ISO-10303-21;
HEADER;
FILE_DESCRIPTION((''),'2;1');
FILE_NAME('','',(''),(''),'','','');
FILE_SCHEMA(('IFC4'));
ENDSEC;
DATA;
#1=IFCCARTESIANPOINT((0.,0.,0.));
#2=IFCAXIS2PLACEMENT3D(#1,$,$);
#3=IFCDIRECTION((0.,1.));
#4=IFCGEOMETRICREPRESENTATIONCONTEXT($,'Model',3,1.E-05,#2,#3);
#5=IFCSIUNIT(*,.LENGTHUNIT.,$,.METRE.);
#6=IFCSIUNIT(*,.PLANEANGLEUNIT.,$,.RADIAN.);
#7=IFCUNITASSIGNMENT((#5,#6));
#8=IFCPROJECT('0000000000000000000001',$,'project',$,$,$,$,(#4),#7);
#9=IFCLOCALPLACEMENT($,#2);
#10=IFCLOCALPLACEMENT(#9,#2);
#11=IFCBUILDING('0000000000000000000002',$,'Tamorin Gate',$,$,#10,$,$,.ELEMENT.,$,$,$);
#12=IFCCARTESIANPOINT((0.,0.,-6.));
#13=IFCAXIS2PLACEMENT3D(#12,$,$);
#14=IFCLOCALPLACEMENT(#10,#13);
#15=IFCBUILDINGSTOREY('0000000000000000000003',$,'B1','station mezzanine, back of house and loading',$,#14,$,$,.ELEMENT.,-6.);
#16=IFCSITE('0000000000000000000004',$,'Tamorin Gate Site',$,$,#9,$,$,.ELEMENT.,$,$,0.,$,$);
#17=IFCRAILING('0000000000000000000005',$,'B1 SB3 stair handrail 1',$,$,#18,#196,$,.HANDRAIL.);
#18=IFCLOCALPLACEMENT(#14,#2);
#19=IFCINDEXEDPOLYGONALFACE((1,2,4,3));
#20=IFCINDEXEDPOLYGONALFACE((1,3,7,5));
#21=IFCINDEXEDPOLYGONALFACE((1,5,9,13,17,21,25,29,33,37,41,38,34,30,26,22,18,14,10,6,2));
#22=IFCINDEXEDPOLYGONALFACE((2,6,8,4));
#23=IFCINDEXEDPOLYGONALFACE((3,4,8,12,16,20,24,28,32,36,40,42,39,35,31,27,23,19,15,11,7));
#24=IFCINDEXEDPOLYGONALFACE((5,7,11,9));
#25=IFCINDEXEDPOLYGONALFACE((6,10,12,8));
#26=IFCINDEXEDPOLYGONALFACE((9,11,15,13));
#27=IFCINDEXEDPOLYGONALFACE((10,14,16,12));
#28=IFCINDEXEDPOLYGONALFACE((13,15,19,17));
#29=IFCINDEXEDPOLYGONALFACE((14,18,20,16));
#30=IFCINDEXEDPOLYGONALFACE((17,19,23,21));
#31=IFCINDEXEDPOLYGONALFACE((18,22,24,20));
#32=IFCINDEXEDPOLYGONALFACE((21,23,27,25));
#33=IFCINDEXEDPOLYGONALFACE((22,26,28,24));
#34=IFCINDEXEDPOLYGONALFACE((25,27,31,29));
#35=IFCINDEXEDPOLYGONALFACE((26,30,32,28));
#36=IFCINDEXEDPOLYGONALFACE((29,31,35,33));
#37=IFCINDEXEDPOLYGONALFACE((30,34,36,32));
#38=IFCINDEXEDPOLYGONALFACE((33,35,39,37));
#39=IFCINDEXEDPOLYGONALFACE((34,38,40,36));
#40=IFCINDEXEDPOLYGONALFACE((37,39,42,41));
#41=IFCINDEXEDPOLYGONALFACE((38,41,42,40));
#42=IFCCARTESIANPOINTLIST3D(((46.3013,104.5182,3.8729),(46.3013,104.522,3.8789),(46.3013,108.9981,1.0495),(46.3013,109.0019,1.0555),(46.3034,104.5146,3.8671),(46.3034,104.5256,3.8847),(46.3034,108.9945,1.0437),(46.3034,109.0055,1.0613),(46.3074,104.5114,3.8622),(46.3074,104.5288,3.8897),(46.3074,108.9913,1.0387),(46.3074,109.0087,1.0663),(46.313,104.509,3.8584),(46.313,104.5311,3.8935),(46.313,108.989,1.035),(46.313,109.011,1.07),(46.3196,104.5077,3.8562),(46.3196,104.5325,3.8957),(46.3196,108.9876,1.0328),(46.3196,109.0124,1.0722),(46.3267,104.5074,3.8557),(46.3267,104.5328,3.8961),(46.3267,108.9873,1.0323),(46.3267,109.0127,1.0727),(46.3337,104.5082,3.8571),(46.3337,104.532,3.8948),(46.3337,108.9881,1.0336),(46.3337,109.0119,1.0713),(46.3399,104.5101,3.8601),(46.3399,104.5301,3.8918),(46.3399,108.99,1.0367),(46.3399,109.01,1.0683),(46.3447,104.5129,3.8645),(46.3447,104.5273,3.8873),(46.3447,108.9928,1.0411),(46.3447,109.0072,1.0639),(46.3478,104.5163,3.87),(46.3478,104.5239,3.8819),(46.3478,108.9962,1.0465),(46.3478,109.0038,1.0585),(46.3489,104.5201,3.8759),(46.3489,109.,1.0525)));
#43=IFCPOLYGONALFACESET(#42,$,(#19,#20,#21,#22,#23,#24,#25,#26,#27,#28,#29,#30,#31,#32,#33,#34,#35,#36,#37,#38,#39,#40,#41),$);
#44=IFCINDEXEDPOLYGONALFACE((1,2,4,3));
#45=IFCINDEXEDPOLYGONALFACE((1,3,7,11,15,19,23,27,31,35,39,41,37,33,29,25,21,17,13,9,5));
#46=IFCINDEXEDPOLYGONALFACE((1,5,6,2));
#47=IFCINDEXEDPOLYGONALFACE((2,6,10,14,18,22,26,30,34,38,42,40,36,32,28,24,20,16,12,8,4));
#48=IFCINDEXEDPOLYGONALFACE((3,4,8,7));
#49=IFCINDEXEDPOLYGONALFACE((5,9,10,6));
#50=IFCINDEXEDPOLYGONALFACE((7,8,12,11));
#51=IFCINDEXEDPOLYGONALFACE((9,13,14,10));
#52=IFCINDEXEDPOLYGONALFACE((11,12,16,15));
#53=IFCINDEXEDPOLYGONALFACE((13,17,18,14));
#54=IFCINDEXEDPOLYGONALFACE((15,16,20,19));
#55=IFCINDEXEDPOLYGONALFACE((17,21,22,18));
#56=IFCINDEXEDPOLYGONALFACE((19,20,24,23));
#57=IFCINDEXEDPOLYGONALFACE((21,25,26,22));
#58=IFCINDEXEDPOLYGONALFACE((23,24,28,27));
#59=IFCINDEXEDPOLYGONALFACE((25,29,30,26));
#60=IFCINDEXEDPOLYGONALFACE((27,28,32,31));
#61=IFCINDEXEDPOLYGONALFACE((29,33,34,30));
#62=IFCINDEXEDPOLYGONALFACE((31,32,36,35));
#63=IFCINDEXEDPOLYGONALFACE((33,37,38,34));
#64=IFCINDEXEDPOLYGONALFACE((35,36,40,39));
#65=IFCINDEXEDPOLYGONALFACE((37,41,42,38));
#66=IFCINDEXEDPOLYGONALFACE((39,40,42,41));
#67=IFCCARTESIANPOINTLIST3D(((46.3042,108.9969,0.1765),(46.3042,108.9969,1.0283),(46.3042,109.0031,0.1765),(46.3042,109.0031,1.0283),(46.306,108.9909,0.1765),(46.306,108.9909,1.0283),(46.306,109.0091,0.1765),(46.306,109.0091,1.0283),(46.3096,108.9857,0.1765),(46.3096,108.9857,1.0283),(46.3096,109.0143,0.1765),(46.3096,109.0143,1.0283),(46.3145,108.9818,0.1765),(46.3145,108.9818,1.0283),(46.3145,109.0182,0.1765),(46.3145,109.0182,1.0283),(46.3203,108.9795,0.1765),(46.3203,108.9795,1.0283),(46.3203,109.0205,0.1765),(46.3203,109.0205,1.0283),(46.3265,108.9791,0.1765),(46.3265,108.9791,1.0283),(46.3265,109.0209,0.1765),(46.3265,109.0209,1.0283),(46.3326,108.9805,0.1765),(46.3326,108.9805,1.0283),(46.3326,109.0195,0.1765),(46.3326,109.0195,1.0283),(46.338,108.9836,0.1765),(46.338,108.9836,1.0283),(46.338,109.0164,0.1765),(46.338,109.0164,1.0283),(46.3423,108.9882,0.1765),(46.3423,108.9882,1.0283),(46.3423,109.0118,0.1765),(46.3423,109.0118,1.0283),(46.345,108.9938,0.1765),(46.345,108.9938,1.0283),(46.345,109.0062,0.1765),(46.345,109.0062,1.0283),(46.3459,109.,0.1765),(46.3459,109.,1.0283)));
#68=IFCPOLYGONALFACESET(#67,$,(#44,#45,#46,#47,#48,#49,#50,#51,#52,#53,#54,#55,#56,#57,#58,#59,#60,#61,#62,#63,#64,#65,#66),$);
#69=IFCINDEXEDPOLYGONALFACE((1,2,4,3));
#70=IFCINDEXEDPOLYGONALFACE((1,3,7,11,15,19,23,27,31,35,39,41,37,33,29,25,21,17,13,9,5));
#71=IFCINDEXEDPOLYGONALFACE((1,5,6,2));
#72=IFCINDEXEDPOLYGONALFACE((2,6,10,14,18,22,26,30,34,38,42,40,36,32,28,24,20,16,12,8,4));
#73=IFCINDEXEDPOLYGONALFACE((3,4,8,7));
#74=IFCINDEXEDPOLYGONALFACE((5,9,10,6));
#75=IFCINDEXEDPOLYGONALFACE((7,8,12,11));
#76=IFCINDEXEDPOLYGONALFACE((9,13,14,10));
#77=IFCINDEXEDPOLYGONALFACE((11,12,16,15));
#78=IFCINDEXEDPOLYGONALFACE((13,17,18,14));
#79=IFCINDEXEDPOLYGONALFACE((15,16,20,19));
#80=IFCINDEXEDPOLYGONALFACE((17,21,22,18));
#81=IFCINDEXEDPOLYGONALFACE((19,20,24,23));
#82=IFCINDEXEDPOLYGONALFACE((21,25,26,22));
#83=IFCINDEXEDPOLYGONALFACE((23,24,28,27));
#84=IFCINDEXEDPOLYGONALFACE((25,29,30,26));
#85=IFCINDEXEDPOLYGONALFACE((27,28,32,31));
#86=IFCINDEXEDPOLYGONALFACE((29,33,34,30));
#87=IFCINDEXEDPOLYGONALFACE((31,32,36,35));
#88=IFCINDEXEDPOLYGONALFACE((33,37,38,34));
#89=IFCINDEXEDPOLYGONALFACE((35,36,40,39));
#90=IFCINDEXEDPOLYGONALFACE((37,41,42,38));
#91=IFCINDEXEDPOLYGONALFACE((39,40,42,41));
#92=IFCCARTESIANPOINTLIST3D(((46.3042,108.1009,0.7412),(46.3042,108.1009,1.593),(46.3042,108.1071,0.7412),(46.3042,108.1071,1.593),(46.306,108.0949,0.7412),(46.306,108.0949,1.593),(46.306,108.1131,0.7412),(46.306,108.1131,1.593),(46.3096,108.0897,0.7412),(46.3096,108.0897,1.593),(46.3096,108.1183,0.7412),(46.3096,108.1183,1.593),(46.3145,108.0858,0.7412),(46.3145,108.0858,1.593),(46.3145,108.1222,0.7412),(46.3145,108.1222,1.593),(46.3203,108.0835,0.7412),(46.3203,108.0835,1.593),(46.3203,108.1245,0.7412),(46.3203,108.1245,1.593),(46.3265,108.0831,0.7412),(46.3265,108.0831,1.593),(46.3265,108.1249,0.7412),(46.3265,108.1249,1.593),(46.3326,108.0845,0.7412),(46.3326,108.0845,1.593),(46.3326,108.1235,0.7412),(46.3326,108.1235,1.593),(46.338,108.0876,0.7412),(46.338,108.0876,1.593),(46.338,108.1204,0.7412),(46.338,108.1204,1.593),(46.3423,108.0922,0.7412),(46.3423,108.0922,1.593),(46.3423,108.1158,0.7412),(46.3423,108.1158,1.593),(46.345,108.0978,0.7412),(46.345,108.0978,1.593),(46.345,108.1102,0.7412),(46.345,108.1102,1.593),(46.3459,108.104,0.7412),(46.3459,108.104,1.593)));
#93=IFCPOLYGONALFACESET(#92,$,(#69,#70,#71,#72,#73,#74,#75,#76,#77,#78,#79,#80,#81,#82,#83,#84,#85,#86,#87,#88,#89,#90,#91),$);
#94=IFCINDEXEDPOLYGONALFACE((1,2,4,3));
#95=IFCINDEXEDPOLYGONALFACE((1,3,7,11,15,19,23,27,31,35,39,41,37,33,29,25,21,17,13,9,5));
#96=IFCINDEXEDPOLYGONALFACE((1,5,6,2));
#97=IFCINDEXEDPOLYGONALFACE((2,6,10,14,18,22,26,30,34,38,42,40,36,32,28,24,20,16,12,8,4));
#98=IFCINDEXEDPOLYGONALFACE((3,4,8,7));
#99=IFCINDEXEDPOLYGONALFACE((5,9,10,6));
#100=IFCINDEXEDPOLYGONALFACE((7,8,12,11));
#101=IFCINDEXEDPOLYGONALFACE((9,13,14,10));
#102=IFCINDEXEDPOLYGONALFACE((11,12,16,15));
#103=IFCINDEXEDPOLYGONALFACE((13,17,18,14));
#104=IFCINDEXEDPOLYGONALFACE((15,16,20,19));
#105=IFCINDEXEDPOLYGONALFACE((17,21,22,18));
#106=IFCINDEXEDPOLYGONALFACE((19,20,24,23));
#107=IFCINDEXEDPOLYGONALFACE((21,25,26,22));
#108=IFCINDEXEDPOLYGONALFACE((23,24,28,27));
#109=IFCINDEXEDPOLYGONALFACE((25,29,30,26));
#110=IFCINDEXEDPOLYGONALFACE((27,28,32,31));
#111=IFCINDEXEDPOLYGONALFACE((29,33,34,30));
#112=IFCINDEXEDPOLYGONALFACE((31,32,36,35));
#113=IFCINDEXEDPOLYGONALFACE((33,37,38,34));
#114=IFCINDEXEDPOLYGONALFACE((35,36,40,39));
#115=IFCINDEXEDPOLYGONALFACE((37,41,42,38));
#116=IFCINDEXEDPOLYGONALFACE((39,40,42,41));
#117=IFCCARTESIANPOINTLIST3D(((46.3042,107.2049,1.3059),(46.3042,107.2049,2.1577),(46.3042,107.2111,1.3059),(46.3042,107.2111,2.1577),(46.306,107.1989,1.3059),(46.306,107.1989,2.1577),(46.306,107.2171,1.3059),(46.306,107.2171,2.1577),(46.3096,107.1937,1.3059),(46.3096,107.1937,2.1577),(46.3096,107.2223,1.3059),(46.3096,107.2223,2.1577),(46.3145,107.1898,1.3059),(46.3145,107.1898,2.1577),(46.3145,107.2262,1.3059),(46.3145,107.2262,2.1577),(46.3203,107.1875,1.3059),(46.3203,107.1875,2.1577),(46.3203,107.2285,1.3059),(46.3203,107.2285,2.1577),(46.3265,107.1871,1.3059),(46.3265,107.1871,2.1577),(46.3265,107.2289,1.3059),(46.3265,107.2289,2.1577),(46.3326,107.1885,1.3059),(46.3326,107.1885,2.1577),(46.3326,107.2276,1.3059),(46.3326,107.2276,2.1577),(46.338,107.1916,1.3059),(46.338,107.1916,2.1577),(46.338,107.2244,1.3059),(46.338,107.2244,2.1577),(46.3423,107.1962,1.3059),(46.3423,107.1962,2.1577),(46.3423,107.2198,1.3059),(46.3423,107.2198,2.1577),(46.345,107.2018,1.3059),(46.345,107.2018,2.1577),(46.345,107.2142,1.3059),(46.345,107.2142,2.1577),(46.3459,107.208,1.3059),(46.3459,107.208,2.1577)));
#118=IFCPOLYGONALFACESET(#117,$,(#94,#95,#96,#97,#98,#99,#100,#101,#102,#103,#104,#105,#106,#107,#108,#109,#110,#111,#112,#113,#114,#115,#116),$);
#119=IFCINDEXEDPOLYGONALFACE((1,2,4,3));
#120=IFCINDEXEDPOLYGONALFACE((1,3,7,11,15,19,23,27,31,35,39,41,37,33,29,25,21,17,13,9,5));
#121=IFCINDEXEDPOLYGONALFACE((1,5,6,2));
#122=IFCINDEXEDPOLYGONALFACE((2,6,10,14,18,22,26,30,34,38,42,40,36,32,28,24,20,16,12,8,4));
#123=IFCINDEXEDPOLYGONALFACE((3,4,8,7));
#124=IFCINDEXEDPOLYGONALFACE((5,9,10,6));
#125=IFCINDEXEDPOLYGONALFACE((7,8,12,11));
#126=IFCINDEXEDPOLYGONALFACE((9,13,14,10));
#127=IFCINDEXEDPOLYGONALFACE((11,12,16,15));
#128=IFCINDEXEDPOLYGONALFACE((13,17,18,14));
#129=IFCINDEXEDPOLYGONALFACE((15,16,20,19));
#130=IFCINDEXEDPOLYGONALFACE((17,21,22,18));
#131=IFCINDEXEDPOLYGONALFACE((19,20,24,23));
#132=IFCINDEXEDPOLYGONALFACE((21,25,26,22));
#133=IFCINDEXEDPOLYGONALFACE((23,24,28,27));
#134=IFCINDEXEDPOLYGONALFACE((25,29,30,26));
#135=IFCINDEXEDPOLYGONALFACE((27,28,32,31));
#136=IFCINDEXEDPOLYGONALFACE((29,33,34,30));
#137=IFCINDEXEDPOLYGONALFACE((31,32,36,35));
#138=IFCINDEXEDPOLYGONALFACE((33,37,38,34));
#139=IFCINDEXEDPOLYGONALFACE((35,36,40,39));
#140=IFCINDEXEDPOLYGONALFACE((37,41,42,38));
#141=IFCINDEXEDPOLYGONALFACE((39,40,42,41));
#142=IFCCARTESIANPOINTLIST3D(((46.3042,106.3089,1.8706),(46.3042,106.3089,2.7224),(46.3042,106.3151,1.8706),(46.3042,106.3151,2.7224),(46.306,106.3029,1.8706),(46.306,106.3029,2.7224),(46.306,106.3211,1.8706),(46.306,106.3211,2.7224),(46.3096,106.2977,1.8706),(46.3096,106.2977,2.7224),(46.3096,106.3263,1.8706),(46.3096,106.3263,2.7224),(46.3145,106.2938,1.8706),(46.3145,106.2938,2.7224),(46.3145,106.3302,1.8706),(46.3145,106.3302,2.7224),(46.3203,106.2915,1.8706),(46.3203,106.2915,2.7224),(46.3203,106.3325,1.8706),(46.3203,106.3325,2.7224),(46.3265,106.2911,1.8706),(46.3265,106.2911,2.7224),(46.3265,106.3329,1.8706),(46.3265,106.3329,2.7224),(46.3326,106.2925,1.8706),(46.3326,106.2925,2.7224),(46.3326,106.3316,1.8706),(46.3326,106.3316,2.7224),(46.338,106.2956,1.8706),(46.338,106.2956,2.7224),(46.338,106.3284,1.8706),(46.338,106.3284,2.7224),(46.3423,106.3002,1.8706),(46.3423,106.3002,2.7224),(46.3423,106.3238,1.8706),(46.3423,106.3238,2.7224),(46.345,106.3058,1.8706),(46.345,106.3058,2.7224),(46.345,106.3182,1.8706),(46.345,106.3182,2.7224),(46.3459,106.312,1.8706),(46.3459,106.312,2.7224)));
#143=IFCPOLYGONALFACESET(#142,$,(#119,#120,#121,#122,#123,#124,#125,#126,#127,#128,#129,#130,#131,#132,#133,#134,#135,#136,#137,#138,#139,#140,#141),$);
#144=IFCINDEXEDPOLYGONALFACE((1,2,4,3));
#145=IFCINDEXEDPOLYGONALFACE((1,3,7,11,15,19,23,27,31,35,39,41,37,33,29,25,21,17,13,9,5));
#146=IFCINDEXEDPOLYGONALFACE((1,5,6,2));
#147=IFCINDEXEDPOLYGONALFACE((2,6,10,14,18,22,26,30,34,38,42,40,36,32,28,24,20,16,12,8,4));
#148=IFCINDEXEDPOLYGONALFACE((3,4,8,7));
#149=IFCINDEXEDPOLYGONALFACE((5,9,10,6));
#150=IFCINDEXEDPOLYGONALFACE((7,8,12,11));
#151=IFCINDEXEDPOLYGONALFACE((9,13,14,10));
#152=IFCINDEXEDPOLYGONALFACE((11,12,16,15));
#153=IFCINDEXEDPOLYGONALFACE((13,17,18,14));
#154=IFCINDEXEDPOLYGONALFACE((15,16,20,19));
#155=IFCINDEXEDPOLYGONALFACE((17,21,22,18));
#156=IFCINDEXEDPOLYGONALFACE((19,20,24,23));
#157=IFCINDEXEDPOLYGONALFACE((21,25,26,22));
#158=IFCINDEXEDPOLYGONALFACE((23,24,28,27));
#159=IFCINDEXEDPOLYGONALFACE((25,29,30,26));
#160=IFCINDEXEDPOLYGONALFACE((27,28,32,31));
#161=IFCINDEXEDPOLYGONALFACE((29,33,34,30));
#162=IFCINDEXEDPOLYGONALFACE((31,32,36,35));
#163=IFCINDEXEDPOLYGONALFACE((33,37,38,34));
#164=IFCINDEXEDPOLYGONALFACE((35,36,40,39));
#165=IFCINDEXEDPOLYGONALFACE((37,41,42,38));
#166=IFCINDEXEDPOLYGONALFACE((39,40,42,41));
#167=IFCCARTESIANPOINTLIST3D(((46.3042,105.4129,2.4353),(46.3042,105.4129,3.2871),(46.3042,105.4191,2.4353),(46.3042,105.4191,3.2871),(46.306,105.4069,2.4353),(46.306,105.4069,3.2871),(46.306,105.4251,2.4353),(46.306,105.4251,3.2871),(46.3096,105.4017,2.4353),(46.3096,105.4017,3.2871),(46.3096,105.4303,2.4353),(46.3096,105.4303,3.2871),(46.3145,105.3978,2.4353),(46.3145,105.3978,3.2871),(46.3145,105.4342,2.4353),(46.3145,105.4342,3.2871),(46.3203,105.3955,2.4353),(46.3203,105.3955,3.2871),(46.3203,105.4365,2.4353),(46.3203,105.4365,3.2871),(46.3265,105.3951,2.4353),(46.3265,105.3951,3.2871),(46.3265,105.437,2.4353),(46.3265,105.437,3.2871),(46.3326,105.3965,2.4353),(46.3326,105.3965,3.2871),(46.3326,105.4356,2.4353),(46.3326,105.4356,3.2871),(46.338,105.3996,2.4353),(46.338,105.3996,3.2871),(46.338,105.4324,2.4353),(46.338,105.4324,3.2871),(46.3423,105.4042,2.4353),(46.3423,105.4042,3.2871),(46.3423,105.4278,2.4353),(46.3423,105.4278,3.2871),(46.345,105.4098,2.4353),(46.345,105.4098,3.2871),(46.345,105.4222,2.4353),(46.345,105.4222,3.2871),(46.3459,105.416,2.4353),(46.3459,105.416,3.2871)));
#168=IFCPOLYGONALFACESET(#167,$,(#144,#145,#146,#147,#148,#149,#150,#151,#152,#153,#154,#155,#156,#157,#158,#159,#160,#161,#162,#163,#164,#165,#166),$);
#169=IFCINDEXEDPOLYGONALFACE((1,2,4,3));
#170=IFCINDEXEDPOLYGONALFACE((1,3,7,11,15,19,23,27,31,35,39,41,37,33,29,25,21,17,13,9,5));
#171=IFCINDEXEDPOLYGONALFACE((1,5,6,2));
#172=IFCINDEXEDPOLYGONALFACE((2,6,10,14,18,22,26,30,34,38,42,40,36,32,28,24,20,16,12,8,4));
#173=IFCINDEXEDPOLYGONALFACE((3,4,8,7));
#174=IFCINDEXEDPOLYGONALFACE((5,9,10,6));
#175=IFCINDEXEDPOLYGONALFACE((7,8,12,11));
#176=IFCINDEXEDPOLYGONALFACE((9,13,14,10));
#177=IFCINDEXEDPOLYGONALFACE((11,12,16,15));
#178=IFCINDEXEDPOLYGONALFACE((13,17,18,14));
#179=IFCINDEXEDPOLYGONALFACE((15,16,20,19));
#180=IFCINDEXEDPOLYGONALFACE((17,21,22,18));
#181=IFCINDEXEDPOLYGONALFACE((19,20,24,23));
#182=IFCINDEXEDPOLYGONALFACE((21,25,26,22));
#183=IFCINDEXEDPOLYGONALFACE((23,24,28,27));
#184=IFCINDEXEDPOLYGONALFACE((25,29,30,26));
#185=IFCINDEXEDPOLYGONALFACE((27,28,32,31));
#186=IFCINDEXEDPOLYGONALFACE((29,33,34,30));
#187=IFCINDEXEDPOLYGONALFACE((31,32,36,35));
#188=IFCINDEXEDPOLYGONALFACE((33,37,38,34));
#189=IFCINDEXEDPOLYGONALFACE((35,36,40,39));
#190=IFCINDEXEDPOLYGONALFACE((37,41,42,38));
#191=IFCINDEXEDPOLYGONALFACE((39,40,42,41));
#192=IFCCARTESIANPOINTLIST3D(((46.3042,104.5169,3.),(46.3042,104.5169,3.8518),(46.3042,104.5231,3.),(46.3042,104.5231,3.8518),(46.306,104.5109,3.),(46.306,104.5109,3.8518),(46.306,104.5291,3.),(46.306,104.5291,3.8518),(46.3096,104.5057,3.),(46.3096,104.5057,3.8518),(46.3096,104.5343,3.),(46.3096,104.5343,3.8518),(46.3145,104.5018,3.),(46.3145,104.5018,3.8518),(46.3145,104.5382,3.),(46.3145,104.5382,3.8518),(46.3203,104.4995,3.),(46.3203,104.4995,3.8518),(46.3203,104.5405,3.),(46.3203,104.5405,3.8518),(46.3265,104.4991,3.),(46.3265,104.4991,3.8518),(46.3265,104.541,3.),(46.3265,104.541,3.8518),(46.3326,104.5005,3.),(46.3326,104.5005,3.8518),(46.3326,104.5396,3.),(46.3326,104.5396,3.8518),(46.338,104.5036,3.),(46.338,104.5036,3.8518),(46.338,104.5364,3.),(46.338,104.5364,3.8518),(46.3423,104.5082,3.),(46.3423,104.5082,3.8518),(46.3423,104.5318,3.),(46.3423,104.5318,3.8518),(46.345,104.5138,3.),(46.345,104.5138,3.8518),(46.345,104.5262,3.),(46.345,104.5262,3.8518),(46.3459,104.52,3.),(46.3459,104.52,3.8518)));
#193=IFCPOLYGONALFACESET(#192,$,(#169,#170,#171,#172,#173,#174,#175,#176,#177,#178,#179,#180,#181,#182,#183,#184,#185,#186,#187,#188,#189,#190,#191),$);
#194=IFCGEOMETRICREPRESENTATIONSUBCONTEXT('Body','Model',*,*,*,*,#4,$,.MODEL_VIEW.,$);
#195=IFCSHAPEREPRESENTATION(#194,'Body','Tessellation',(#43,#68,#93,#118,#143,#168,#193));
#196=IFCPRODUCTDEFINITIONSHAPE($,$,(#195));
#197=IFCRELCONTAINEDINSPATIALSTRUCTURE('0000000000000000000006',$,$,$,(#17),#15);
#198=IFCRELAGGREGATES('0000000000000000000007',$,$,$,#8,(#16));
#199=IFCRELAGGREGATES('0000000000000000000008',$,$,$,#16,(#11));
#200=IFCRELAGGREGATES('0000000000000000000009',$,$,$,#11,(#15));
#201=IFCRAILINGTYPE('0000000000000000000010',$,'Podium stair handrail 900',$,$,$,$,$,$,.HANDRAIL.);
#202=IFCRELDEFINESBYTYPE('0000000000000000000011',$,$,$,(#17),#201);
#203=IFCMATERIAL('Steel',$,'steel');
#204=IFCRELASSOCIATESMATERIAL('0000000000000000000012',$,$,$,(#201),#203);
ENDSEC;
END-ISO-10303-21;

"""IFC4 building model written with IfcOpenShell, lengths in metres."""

from ifc_helpers import new_model, si_unit, direction, frame, origin, origin_2d, place, context, subcontext, project, spatial, circle, extrude, material, type_object, element, save


model = new_model("IFC4")

# Units and contexts
model_context = context("Model", 3, precision=1e-05, world=origin(), true_north=direction((0.0, 1.0)))
body_context = subcontext(model_context, "Body", "Model", "MODEL_VIEW")
ifc_project = project(units=[si_unit("LENGTHUNIT", "METRE"), si_unit("PLANEANGLEUNIT", "RADIAN")], contexts=[model_context])

# Site, building, storey
site_placement = place(None, origin())
site = spatial("IfcSite", under=ifc_project, at=site_placement, Name="Tamorin Gate Site", CompositionType="ELEMENT", RefElevation=0.0)
building_placement = place(site_placement, origin())
building = spatial("IfcBuilding", under=site, at=building_placement, Name="Tamorin Gate", CompositionType="ELEMENT")
storey_placement = place(building_placement, frame((0.0, 0.0, -6.0)))
storey = spatial("IfcBuildingStorey", under=building, at=storey_placement, Name="B1", Description="station mezzanine, back of house and loading", CompositionType="ELEMENT", Elevation=-6.0)

# Railing
ifc_material_1 = material(Name="Steel", Category="steel")
railing_type_1 = type_object("IfcRailingType", Name="Podium stair handrail 900", PredefinedType="HANDRAIL", material=ifc_material_1)
railing_1_placement = place(storey_placement, frame((46.325, 109.0, 0.1765)))
element("IfcRailing", 1, at=railing_1_placement, inside=storey, type_object=railing_type_1, Name="B1 SB3 stair handrail 1", PredefinedType="HANDRAIL", context=body_context, shape_type="SweptSolid", body=[
    extrude(circle(Radius=0.0239, at=origin_2d()), frame((0.0, 0.0, 0.876), z_axis=(0.0, -0.845998, 0.533186), x_axis=(1.0, 0.0, 0.0)), (0.0, 0.0, 1.0), 5.2954),
    extrude(circle(Radius=0.021, at=origin_2d()), origin(), (0.0, 0.0, 1.0), 0.8518),
    extrude(circle(Radius=0.021, at=origin_2d()), frame((0.0, -0.896, 0.5647)), (0.0, 0.0, 1.0), 0.8518),
    extrude(circle(Radius=0.021, at=origin_2d()), frame((0.0, -1.792, 1.1294)), (0.0, 0.0, 1.0), 0.8518),
    extrude(circle(Radius=0.021, at=origin_2d()), frame((0.0, -2.688, 1.6941)), (0.0, 0.0, 1.0), 0.8518),
    extrude(circle(Radius=0.021, at=origin_2d()), frame((0.0, -3.584, 2.2588)), (0.0, 0.0, 1.0), 0.8518),
    extrude(circle(Radius=0.021, at=origin_2d()), frame((0.0, -4.48, 2.8235)), (0.0, 0.0, 1.0), 0.8518),
])

save(model, "model.ifc")
